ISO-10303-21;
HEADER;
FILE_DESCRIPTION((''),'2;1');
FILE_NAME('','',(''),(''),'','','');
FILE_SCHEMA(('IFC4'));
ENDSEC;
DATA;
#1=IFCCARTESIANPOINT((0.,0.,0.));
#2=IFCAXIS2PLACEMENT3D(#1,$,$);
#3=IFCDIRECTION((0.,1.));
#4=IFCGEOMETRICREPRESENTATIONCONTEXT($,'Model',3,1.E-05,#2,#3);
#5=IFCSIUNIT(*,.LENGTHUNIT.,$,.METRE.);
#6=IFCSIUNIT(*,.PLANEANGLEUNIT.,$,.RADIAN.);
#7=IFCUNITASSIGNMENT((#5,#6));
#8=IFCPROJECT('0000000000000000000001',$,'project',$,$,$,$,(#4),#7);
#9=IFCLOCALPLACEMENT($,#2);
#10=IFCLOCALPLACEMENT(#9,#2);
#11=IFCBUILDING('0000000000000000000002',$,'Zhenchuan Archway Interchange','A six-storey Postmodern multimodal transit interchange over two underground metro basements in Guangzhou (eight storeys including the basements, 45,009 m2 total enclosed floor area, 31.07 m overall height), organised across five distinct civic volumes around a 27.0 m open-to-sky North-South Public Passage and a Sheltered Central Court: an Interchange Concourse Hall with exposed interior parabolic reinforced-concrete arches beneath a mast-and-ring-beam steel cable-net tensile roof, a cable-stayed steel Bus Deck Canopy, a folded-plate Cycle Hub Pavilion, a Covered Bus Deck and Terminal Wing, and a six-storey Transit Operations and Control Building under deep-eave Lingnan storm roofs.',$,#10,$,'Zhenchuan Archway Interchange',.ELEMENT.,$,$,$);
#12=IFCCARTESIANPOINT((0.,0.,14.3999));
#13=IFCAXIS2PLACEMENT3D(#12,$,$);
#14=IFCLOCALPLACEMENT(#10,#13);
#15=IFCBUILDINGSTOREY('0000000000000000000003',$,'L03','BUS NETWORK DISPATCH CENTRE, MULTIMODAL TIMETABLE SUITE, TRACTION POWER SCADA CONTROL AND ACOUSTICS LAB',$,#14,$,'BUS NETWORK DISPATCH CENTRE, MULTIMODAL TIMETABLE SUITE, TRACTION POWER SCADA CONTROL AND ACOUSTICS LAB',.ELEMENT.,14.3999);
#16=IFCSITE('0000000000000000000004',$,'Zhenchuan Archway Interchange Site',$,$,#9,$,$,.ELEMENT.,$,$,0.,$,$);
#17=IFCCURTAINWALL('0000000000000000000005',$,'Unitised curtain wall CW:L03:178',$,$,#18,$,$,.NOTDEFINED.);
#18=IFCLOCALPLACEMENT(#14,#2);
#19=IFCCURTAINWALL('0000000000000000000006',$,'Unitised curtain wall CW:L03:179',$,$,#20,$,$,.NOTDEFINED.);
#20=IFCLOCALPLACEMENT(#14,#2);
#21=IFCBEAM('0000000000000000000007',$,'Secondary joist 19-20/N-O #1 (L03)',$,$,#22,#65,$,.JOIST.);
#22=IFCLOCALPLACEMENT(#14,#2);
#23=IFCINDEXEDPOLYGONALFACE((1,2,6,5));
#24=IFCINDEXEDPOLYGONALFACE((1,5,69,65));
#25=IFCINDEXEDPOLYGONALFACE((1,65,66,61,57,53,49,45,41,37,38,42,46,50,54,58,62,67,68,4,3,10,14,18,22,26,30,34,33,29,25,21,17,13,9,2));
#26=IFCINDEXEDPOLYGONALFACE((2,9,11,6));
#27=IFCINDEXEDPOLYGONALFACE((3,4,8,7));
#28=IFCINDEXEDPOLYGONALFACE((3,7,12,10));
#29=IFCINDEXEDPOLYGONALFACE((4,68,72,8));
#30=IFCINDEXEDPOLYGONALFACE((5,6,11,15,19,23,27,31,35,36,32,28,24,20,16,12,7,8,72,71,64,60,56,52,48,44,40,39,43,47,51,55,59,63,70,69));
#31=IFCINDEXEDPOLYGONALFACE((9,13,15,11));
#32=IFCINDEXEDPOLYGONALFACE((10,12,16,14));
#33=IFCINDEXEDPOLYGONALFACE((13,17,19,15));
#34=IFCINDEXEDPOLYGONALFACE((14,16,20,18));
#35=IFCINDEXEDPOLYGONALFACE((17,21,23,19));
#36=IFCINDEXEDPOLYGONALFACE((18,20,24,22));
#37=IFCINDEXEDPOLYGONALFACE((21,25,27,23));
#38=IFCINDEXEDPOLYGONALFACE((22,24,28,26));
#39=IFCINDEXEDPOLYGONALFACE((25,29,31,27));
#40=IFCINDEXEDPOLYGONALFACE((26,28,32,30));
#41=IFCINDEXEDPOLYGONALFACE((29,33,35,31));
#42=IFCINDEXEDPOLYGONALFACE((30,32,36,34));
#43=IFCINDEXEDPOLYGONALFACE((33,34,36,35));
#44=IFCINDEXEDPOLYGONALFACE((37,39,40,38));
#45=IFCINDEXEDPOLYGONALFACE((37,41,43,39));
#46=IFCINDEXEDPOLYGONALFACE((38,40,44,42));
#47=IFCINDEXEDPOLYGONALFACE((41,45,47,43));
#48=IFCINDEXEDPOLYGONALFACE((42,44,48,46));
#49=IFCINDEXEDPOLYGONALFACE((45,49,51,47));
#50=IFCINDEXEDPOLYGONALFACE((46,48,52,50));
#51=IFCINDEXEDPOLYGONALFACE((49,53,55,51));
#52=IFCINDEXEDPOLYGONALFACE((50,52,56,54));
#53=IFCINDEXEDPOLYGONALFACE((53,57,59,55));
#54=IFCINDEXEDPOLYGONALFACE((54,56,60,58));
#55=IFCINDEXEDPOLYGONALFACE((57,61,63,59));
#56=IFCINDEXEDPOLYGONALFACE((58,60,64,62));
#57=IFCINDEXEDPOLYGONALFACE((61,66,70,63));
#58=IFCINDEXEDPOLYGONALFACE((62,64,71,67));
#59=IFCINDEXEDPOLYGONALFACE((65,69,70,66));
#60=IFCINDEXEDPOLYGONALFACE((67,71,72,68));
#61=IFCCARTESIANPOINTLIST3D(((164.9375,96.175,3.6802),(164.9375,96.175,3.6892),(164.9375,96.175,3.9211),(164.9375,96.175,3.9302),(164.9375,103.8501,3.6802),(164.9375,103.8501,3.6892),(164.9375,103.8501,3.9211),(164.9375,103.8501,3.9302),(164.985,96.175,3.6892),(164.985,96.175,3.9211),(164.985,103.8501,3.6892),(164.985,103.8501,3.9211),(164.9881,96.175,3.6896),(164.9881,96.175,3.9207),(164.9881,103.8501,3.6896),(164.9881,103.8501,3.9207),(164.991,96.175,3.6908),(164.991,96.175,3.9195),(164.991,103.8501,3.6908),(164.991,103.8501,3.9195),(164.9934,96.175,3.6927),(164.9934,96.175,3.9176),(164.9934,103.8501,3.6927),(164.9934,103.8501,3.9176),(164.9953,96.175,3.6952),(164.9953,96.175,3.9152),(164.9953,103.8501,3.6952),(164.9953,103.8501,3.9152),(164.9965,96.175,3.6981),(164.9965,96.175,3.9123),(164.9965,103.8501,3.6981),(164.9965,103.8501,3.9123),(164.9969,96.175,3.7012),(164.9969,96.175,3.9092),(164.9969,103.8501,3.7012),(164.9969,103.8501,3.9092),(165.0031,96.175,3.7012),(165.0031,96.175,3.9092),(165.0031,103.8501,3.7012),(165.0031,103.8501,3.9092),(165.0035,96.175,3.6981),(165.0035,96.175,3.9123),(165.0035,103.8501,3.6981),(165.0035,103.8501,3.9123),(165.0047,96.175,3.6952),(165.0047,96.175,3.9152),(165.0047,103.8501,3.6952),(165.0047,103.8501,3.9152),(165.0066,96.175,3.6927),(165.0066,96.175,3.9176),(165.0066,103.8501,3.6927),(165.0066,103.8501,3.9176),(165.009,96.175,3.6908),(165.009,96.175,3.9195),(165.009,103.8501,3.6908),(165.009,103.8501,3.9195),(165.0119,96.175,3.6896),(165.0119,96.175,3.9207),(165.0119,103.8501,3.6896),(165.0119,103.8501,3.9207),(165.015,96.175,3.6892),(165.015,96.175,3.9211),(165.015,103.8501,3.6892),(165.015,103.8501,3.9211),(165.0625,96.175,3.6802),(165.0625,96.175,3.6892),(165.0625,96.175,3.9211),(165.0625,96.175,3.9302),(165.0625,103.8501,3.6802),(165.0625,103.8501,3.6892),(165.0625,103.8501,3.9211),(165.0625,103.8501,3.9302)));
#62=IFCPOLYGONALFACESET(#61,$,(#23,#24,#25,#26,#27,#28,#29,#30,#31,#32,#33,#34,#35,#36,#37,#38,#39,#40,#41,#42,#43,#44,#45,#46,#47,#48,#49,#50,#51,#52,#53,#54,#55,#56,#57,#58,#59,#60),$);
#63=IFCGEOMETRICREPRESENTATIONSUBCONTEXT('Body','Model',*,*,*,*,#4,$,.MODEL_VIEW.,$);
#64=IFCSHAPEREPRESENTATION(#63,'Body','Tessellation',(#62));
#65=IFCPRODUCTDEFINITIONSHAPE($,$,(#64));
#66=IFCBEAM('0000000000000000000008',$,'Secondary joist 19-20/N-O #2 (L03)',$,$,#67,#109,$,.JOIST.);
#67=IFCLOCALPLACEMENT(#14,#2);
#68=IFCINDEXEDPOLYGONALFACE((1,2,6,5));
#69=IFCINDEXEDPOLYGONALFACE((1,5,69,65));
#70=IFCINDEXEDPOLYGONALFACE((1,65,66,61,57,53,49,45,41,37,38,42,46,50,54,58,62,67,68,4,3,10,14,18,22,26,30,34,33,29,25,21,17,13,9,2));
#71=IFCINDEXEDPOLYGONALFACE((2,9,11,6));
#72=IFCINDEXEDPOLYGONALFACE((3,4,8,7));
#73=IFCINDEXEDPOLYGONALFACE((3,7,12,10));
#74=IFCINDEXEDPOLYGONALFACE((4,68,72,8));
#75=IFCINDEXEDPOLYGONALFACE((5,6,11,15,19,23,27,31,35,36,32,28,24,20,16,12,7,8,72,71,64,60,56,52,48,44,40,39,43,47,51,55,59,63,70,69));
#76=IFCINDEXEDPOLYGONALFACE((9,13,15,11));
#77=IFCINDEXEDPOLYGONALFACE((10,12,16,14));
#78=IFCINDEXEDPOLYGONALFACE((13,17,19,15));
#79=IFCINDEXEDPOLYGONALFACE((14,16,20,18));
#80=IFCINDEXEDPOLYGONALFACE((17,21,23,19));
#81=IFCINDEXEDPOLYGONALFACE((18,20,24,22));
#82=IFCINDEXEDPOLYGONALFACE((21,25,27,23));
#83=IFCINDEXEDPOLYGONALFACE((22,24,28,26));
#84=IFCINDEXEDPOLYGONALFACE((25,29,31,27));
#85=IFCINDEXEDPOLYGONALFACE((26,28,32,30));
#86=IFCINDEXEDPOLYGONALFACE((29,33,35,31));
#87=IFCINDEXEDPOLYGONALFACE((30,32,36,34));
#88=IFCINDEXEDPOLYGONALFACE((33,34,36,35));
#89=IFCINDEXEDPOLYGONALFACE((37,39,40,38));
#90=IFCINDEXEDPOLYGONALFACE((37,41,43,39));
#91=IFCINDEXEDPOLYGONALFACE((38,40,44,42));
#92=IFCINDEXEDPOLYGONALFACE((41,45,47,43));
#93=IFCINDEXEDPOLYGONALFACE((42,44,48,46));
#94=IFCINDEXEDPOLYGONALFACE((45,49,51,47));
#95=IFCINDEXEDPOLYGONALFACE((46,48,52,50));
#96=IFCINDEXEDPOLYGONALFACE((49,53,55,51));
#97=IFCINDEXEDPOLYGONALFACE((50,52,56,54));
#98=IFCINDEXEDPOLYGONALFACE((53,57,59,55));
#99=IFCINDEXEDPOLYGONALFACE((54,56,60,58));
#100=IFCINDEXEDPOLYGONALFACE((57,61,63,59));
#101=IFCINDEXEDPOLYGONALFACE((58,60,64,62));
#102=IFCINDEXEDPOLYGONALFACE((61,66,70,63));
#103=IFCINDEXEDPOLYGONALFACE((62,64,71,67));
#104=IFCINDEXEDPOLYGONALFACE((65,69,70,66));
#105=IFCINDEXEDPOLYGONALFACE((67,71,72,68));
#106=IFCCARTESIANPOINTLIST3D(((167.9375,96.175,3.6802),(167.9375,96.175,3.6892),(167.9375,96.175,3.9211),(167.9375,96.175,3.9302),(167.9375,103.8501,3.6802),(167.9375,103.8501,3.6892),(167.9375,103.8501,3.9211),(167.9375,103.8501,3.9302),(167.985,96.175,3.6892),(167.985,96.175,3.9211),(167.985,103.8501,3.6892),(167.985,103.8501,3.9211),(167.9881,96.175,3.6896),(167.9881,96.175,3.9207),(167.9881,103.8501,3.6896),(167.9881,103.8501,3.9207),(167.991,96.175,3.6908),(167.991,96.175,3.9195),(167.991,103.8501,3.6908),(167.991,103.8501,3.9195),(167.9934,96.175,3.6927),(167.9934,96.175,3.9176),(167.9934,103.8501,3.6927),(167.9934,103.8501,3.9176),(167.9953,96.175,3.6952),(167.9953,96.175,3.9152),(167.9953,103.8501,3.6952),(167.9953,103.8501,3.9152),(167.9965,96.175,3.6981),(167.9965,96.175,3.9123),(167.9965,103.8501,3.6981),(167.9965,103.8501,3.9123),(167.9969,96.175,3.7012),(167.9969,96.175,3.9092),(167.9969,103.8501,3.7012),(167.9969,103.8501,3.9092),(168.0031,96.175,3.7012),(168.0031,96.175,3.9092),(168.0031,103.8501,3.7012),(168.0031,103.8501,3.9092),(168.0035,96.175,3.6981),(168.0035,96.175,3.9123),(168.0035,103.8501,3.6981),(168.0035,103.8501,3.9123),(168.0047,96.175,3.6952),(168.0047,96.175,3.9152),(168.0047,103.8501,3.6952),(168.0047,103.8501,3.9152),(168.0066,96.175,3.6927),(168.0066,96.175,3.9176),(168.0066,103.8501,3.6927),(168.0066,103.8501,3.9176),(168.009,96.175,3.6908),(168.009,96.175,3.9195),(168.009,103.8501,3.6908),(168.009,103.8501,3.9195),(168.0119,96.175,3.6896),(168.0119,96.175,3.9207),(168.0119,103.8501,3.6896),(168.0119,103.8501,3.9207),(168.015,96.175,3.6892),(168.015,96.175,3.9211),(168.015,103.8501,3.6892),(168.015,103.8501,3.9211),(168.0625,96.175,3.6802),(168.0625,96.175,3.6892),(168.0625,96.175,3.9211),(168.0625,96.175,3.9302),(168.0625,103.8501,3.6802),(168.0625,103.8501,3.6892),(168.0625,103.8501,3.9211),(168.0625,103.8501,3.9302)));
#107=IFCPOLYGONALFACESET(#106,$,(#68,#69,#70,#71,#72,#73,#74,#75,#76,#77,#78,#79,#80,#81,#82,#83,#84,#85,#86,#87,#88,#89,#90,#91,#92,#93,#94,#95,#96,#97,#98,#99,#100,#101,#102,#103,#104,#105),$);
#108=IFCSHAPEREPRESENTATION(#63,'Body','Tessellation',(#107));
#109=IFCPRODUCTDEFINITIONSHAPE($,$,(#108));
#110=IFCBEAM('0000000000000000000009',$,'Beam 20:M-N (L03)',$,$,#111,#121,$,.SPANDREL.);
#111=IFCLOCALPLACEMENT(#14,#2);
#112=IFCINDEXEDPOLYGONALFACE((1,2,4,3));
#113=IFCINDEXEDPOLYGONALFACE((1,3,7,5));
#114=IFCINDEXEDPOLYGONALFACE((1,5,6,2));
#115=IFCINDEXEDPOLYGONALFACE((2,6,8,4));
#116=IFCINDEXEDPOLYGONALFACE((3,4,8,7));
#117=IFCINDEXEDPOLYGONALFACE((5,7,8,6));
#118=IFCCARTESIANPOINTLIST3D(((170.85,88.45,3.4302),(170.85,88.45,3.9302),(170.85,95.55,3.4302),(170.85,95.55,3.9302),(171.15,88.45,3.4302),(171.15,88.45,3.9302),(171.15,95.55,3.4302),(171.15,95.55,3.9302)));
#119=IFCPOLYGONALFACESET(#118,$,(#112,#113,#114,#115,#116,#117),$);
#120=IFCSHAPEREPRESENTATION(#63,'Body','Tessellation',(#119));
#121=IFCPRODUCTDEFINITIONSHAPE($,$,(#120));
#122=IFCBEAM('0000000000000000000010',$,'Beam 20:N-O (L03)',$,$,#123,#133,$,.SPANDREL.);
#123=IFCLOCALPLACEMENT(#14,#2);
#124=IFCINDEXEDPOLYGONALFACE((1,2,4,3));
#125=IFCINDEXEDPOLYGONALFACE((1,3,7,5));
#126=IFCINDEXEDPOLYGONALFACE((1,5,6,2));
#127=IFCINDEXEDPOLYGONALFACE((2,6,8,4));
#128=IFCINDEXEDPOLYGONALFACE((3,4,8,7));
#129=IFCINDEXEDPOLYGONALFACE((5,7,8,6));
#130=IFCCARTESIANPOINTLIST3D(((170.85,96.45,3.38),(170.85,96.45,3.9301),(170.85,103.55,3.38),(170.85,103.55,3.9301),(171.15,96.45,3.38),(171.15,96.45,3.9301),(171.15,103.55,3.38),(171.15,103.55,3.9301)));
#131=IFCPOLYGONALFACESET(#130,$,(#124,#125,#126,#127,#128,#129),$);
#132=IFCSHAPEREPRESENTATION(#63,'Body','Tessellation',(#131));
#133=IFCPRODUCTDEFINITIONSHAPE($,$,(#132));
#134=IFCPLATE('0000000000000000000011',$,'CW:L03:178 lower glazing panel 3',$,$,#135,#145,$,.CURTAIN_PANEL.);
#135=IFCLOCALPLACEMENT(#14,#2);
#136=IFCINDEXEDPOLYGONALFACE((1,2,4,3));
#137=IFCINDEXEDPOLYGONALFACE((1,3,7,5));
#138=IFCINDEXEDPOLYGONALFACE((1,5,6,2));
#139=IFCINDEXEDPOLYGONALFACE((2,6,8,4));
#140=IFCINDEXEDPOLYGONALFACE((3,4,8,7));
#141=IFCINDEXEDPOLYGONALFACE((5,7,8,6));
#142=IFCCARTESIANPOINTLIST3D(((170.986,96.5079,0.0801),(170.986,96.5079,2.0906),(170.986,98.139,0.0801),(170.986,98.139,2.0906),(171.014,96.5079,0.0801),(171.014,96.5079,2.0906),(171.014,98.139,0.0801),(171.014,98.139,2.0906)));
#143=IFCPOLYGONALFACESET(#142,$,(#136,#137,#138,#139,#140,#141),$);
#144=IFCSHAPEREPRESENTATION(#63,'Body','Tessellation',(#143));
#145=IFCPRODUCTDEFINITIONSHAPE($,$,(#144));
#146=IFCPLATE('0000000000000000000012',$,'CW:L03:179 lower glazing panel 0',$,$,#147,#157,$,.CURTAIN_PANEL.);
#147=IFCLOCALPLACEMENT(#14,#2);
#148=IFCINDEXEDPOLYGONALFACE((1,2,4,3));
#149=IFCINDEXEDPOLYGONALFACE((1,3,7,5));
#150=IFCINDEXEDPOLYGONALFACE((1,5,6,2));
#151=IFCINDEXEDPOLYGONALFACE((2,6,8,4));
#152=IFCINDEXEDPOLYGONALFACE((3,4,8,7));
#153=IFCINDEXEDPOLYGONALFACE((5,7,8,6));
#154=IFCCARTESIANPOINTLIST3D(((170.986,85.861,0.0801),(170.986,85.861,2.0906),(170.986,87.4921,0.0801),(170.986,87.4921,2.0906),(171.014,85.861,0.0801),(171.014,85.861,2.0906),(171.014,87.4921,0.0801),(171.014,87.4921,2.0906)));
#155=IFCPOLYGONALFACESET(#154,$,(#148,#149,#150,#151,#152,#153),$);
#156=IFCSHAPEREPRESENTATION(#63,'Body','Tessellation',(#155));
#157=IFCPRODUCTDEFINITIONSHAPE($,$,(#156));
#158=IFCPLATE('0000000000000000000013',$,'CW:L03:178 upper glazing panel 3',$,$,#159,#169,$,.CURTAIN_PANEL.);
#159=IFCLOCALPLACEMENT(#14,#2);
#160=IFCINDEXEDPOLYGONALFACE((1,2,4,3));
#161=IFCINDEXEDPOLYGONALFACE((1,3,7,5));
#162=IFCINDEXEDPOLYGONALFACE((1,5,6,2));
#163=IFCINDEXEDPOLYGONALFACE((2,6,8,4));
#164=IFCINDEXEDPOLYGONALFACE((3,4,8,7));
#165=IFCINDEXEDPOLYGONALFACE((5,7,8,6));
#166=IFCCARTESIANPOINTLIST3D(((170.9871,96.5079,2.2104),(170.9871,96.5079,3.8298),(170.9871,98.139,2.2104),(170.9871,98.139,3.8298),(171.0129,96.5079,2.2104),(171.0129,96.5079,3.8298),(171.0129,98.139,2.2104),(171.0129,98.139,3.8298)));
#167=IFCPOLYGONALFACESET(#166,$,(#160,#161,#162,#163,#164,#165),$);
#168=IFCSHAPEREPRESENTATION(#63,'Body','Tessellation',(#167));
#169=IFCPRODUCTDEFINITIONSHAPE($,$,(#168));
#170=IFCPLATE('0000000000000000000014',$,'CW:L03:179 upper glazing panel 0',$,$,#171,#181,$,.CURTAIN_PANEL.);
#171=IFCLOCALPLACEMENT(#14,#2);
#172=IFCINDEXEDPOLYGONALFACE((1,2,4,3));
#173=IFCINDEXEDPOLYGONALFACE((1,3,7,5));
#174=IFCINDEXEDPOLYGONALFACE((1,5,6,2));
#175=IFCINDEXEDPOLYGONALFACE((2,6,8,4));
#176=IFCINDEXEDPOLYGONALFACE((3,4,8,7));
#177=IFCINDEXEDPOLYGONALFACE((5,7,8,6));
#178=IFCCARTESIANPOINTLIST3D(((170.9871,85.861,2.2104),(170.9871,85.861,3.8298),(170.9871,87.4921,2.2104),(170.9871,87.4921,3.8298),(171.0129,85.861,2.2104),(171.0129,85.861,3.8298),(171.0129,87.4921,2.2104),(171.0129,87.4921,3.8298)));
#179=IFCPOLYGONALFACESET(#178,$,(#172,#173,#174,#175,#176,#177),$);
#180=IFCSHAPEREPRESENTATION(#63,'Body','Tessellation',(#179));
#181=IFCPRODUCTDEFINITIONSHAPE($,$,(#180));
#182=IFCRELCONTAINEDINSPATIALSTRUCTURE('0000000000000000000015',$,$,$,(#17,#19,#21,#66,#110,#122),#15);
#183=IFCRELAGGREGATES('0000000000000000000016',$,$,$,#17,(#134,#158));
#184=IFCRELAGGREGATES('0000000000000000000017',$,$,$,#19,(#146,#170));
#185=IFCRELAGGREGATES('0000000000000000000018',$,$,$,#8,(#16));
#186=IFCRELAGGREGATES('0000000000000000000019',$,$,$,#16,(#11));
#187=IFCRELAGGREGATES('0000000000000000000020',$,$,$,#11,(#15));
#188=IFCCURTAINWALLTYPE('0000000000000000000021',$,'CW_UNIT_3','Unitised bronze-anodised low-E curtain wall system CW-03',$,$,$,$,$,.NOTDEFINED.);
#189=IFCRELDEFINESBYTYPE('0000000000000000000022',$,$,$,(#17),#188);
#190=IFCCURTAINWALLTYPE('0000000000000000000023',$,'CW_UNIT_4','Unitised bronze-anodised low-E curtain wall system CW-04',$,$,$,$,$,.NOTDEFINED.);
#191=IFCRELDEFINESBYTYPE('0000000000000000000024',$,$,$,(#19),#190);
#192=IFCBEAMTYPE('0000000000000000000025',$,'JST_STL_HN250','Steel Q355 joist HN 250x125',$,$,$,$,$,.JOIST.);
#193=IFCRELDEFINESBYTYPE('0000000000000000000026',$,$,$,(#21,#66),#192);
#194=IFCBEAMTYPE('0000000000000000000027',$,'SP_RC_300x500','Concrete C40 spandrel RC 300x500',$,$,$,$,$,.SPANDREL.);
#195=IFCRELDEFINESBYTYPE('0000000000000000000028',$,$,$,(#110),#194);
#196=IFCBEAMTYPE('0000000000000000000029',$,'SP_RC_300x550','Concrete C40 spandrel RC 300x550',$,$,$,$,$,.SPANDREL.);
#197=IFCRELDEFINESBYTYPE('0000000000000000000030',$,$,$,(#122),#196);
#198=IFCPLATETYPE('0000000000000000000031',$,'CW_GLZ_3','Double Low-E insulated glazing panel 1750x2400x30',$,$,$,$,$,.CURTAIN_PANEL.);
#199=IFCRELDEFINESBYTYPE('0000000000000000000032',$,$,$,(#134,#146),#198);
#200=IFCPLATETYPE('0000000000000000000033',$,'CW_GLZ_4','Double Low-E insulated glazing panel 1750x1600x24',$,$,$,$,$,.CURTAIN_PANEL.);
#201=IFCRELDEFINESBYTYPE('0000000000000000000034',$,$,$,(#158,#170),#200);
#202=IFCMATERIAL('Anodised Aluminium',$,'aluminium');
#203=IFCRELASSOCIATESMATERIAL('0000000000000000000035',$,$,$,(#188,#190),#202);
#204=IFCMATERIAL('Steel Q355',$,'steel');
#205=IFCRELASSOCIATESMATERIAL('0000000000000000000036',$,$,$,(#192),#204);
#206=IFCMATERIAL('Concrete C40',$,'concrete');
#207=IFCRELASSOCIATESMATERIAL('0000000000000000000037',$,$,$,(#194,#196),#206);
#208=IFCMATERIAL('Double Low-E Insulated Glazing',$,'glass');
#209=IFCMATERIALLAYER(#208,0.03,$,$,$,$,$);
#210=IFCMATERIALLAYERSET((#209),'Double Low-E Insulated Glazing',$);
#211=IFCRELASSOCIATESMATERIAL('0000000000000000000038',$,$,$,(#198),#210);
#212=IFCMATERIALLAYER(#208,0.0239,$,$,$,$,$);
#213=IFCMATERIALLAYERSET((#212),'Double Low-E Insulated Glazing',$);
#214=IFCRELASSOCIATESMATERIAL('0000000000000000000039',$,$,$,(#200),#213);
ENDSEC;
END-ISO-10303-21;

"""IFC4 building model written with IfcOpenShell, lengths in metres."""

from ifc_helpers import new_model, si_unit, direction, frame, origin, origin_2d, place, context, subcontext, project, spatial, rectangle, i_section, extrude, material, layer, layer_set, material_profile, profile_set, type_object, element, aggregate, save


model = new_model("IFC4")

# Units and contexts
model_context = context("Model", 3, precision=1e-05, world=origin(), true_north=direction((0.0, 1.0)))
body_context = subcontext(model_context, "Body", "Model", "MODEL_VIEW")
ifc_project = project(units=[si_unit("LENGTHUNIT", "METRE"), si_unit("PLANEANGLEUNIT", "RADIAN")], contexts=[model_context])

# Site, building, storey
site_placement = place(None, origin())
site = spatial("IfcSite", under=ifc_project, at=site_placement, Name="Zhenchuan Archway Interchange Site", CompositionType="ELEMENT", RefElevation=0.0)
building_placement = place(site_placement, origin())
building = spatial("IfcBuilding", under=site, at=building_placement, Name="Zhenchuan Archway Interchange", Description="A six-storey Postmodern multimodal transit interchange over two underground metro basements in Guangzhou (eight storeys including the basements, 45,009 m2 total enclosed floor area, 31.07 m overall height), organised across five distinct civic volumes around a 27.0 m open-to-sky North-South Public Passage and a Sheltered Central Court: an Interchange Concourse Hall with exposed interior parabolic reinforced-concrete arches beneath a mast-and-ring-beam steel cable-net tensile roof, a cable-stayed steel Bus Deck Canopy, a folded-plate Cycle Hub Pavilion, a Covered Bus Deck and Terminal Wing, and a six-storey Transit Operations and Control Building under deep-eave Lingnan storm roofs.", LongName="Zhenchuan Archway Interchange", CompositionType="ELEMENT")
storey_placement = place(building_placement, frame((0.0, 0.0, 14.3999)))
storey = spatial("IfcBuildingStorey", under=building, at=storey_placement, Name="L03", Description="BUS NETWORK DISPATCH CENTRE, MULTIMODAL TIMETABLE SUITE, TRACTION POWER SCADA CONTROL AND ACOUSTICS LAB", LongName="BUS NETWORK DISPATCH CENTRE, MULTIMODAL TIMETABLE SUITE, TRACTION POWER SCADA CONTROL AND ACOUSTICS LAB", CompositionType="ELEMENT", Elevation=14.3999)

# Shared definitions
ifc_material_1 = material(Name="Concrete C40", Category="concrete")

# Curtain wall
ifc_material_2 = material(Name="Anodised Aluminium", Category="aluminium")
curtain_wall_type_1 = type_object("IfcCurtainWallType", Name="CW_UNIT_3", Description="Unitised bronze-anodised low-E curtain wall system CW-03", PredefinedType="NOTDEFINED", material=ifc_material_2)
curtain_wall_1_placement = place(storey_placement, origin())
curtain_wall_1 = element("IfcCurtainWall", 1, at=curtain_wall_1_placement, inside=storey, type_object=curtain_wall_type_1, Name="Unitised curtain wall CW:L03:178", PredefinedType="NOTDEFINED")

# Curtain wall
curtain_wall_type_2 = type_object("IfcCurtainWallType", Name="CW_UNIT_4", Description="Unitised bronze-anodised low-E curtain wall system CW-04", PredefinedType="NOTDEFINED", material=ifc_material_2)
curtain_wall_2_placement = place(storey_placement, origin())
curtain_wall_2 = element("IfcCurtainWall", 2, at=curtain_wall_2_placement, inside=storey, type_object=curtain_wall_type_2, Name="Unitised curtain wall CW:L03:179", PredefinedType="NOTDEFINED")

# Beams
ifc_material_3 = material(Name="Steel Q355", Category="steel")
ifc_material_profile_1 = material_profile(ifc_material_3, i_section(OverallWidth=0.125, OverallDepth=0.25, WebThickness=0.0061, FlangeThickness=0.009, FilletRadius=0.012, at=origin_2d()), Name="HN 250x125")
ifc_profile_set_1 = profile_set([ifc_material_profile_1], Name="Steel Q355")
beam_type_1 = type_object("IfcBeamType", Name="JST_STL_HN250", Description="Steel Q355 joist HN 250x125", PredefinedType="JOIST", material=ifc_profile_set_1)
for number, where, z_axis, x_axis, name in (
    (3, (165.0, 96.175, 3.8052), (0.0, 1.0, 0.0), (-1.0, 0.0, 0.0), "Secondary joist 19-20/N-O #1 (L03)"),
    (4, (168.0, 96.175, 3.8052), (0.0, 1.0, 0.0), (-1.0, 0.0, 0.0), "Secondary joist 19-20/N-O #2 (L03)"),
):
    element("IfcBeam", number, at=place(storey_placement, frame(where, z_axis=z_axis, x_axis=x_axis)), inside=storey, type_object=beam_type_1, Name=name, PredefinedType="JOIST", context=body_context, shape_type="SweptSolid", body=[
        extrude(i_section(OverallWidth=0.125, OverallDepth=0.25, WebThickness=0.0061, FlangeThickness=0.009, FilletRadius=0.012, at=origin_2d()), origin(), (0.0, 0.0, 1.0), 7.675),
    ])
ifc_material_profile_2 = material_profile(ifc_material_1, rectangle(XDim=0.3, YDim=0.5, at=origin_2d()), Name="RC 300x500")
ifc_profile_set_2 = profile_set([ifc_material_profile_2], Name="Concrete C40")
beam_type_2 = type_object("IfcBeamType", Name="SP_RC_300x500", Description="Concrete C40 spandrel RC 300x500", PredefinedType="SPANDREL", material=ifc_profile_set_2)
beam_1_placement = place(storey_placement, frame((171.0, 88.45, 3.6802), z_axis=(0.0, 1.0, 0.0), x_axis=(-1.0, 0.0, 0.0)))
element("IfcBeam", 5, at=beam_1_placement, inside=storey, type_object=beam_type_2, Name="Beam 20:M-N (L03)", PredefinedType="SPANDREL", context=body_context, shape_type="SweptSolid", body=[
    extrude(rectangle(XDim=0.3, YDim=0.5, at=origin_2d()), origin(), (0.0, 0.0, 1.0), 7.1001),
])
ifc_material_profile_3 = material_profile(ifc_material_1, rectangle(XDim=0.3, YDim=0.55, at=origin_2d()), Name="RC 300x550")
ifc_profile_set_3 = profile_set([ifc_material_profile_3], Name="Concrete C40")
beam_type_3 = type_object("IfcBeamType", Name="SP_RC_300x550", Description="Concrete C40 spandrel RC 300x550", PredefinedType="SPANDREL", material=ifc_profile_set_3)
beam_2_placement = place(storey_placement, frame((171.0, 96.45, 3.655), z_axis=(0.0, 1.0, 0.0), x_axis=(-1.0, 0.0, 0.0)))
element("IfcBeam", 6, at=beam_2_placement, inside=storey, type_object=beam_type_3, Name="Beam 20:N-O (L03)", PredefinedType="SPANDREL", context=body_context, shape_type="SweptSolid", body=[
    extrude(rectangle(XDim=0.3, YDim=0.55, at=origin_2d()), origin(), (0.0, 0.0, 1.0), 7.1001),
])

# Plates
ifc_material_4 = material(Name="Double Low-E Insulated Glazing", Category="glass")
ifc_layer_1 = layer(ifc_material_4, 0.03)
ifc_layer_set_1 = layer_set([ifc_layer_1], Name="Double Low-E Insulated Glazing")
plate_type_1 = type_object("IfcPlateType", Name="CW_GLZ_3", Description="Double Low-E insulated glazing panel 1750x2400x30", PredefinedType="CURTAIN_PANEL", material=ifc_layer_set_1)
plate_1_placement = place(storey_placement, frame((171.0, 97.3235, 0.0801), z_axis=(0.0, 0.0, 1.0), x_axis=(0.0, -1.0, 0.0)))
plate_1 = element("IfcPlate", 7, at=plate_1_placement, type_object=plate_type_1, Name="CW:L03:178 lower glazing panel 3", PredefinedType="CURTAIN_PANEL", context=body_context, shape_type="SweptSolid", body=[
    extrude(rectangle(XDim=1.6311, YDim=0.0281, at=origin_2d()), origin(), (0.0, 0.0, 1.0), 2.0105),
])
plate_2_placement = place(storey_placement, frame((171.0, 86.6765, 0.0801), z_axis=(0.0, 0.0, 1.0), x_axis=(0.0, -1.0, 0.0)))
plate_2 = element("IfcPlate", 8, at=plate_2_placement, type_object=plate_type_1, Name="CW:L03:179 lower glazing panel 0", PredefinedType="CURTAIN_PANEL", context=body_context, shape_type="SweptSolid", body=[
    extrude(rectangle(XDim=1.6311, YDim=0.0281, at=origin_2d()), origin(), (0.0, 0.0, 1.0), 2.0105),
])
ifc_layer_2 = layer(ifc_material_4, 0.0239)
ifc_layer_set_2 = layer_set([ifc_layer_2], Name="Double Low-E Insulated Glazing")
plate_type_2 = type_object("IfcPlateType", Name="CW_GLZ_4", Description="Double Low-E insulated glazing panel 1750x1600x24", PredefinedType="CURTAIN_PANEL", material=ifc_layer_set_2)
plate_3_placement = place(storey_placement, frame((171.0, 97.3235, 2.2104), z_axis=(0.0, 0.0, 1.0), x_axis=(0.0, -1.0, 0.0)))
plate_3 = element("IfcPlate", 9, at=plate_3_placement, type_object=plate_type_2, Name="CW:L03:178 upper glazing panel 3", PredefinedType="CURTAIN_PANEL", context=body_context, shape_type="SweptSolid", body=[
    extrude(rectangle(XDim=1.6311, YDim=0.0259, at=origin_2d()), origin(), (0.0, 0.0, 1.0), 1.6194),
])
aggregate(curtain_wall_1, [plate_1, plate_3])
plate_4_placement = place(storey_placement, frame((171.0, 86.6765, 2.2104), z_axis=(0.0, 0.0, 1.0), x_axis=(0.0, -1.0, 0.0)))
plate_4 = element("IfcPlate", 10, at=plate_4_placement, type_object=plate_type_2, Name="CW:L03:179 upper glazing panel 0", PredefinedType="CURTAIN_PANEL", context=body_context, shape_type="SweptSolid", body=[
    extrude(rectangle(XDim=1.6311, YDim=0.0259, at=origin_2d()), origin(), (0.0, 0.0, 1.0), 1.6194),
])
aggregate(curtain_wall_2, [plate_2, plate_4])

save(model, "model.ifc")
